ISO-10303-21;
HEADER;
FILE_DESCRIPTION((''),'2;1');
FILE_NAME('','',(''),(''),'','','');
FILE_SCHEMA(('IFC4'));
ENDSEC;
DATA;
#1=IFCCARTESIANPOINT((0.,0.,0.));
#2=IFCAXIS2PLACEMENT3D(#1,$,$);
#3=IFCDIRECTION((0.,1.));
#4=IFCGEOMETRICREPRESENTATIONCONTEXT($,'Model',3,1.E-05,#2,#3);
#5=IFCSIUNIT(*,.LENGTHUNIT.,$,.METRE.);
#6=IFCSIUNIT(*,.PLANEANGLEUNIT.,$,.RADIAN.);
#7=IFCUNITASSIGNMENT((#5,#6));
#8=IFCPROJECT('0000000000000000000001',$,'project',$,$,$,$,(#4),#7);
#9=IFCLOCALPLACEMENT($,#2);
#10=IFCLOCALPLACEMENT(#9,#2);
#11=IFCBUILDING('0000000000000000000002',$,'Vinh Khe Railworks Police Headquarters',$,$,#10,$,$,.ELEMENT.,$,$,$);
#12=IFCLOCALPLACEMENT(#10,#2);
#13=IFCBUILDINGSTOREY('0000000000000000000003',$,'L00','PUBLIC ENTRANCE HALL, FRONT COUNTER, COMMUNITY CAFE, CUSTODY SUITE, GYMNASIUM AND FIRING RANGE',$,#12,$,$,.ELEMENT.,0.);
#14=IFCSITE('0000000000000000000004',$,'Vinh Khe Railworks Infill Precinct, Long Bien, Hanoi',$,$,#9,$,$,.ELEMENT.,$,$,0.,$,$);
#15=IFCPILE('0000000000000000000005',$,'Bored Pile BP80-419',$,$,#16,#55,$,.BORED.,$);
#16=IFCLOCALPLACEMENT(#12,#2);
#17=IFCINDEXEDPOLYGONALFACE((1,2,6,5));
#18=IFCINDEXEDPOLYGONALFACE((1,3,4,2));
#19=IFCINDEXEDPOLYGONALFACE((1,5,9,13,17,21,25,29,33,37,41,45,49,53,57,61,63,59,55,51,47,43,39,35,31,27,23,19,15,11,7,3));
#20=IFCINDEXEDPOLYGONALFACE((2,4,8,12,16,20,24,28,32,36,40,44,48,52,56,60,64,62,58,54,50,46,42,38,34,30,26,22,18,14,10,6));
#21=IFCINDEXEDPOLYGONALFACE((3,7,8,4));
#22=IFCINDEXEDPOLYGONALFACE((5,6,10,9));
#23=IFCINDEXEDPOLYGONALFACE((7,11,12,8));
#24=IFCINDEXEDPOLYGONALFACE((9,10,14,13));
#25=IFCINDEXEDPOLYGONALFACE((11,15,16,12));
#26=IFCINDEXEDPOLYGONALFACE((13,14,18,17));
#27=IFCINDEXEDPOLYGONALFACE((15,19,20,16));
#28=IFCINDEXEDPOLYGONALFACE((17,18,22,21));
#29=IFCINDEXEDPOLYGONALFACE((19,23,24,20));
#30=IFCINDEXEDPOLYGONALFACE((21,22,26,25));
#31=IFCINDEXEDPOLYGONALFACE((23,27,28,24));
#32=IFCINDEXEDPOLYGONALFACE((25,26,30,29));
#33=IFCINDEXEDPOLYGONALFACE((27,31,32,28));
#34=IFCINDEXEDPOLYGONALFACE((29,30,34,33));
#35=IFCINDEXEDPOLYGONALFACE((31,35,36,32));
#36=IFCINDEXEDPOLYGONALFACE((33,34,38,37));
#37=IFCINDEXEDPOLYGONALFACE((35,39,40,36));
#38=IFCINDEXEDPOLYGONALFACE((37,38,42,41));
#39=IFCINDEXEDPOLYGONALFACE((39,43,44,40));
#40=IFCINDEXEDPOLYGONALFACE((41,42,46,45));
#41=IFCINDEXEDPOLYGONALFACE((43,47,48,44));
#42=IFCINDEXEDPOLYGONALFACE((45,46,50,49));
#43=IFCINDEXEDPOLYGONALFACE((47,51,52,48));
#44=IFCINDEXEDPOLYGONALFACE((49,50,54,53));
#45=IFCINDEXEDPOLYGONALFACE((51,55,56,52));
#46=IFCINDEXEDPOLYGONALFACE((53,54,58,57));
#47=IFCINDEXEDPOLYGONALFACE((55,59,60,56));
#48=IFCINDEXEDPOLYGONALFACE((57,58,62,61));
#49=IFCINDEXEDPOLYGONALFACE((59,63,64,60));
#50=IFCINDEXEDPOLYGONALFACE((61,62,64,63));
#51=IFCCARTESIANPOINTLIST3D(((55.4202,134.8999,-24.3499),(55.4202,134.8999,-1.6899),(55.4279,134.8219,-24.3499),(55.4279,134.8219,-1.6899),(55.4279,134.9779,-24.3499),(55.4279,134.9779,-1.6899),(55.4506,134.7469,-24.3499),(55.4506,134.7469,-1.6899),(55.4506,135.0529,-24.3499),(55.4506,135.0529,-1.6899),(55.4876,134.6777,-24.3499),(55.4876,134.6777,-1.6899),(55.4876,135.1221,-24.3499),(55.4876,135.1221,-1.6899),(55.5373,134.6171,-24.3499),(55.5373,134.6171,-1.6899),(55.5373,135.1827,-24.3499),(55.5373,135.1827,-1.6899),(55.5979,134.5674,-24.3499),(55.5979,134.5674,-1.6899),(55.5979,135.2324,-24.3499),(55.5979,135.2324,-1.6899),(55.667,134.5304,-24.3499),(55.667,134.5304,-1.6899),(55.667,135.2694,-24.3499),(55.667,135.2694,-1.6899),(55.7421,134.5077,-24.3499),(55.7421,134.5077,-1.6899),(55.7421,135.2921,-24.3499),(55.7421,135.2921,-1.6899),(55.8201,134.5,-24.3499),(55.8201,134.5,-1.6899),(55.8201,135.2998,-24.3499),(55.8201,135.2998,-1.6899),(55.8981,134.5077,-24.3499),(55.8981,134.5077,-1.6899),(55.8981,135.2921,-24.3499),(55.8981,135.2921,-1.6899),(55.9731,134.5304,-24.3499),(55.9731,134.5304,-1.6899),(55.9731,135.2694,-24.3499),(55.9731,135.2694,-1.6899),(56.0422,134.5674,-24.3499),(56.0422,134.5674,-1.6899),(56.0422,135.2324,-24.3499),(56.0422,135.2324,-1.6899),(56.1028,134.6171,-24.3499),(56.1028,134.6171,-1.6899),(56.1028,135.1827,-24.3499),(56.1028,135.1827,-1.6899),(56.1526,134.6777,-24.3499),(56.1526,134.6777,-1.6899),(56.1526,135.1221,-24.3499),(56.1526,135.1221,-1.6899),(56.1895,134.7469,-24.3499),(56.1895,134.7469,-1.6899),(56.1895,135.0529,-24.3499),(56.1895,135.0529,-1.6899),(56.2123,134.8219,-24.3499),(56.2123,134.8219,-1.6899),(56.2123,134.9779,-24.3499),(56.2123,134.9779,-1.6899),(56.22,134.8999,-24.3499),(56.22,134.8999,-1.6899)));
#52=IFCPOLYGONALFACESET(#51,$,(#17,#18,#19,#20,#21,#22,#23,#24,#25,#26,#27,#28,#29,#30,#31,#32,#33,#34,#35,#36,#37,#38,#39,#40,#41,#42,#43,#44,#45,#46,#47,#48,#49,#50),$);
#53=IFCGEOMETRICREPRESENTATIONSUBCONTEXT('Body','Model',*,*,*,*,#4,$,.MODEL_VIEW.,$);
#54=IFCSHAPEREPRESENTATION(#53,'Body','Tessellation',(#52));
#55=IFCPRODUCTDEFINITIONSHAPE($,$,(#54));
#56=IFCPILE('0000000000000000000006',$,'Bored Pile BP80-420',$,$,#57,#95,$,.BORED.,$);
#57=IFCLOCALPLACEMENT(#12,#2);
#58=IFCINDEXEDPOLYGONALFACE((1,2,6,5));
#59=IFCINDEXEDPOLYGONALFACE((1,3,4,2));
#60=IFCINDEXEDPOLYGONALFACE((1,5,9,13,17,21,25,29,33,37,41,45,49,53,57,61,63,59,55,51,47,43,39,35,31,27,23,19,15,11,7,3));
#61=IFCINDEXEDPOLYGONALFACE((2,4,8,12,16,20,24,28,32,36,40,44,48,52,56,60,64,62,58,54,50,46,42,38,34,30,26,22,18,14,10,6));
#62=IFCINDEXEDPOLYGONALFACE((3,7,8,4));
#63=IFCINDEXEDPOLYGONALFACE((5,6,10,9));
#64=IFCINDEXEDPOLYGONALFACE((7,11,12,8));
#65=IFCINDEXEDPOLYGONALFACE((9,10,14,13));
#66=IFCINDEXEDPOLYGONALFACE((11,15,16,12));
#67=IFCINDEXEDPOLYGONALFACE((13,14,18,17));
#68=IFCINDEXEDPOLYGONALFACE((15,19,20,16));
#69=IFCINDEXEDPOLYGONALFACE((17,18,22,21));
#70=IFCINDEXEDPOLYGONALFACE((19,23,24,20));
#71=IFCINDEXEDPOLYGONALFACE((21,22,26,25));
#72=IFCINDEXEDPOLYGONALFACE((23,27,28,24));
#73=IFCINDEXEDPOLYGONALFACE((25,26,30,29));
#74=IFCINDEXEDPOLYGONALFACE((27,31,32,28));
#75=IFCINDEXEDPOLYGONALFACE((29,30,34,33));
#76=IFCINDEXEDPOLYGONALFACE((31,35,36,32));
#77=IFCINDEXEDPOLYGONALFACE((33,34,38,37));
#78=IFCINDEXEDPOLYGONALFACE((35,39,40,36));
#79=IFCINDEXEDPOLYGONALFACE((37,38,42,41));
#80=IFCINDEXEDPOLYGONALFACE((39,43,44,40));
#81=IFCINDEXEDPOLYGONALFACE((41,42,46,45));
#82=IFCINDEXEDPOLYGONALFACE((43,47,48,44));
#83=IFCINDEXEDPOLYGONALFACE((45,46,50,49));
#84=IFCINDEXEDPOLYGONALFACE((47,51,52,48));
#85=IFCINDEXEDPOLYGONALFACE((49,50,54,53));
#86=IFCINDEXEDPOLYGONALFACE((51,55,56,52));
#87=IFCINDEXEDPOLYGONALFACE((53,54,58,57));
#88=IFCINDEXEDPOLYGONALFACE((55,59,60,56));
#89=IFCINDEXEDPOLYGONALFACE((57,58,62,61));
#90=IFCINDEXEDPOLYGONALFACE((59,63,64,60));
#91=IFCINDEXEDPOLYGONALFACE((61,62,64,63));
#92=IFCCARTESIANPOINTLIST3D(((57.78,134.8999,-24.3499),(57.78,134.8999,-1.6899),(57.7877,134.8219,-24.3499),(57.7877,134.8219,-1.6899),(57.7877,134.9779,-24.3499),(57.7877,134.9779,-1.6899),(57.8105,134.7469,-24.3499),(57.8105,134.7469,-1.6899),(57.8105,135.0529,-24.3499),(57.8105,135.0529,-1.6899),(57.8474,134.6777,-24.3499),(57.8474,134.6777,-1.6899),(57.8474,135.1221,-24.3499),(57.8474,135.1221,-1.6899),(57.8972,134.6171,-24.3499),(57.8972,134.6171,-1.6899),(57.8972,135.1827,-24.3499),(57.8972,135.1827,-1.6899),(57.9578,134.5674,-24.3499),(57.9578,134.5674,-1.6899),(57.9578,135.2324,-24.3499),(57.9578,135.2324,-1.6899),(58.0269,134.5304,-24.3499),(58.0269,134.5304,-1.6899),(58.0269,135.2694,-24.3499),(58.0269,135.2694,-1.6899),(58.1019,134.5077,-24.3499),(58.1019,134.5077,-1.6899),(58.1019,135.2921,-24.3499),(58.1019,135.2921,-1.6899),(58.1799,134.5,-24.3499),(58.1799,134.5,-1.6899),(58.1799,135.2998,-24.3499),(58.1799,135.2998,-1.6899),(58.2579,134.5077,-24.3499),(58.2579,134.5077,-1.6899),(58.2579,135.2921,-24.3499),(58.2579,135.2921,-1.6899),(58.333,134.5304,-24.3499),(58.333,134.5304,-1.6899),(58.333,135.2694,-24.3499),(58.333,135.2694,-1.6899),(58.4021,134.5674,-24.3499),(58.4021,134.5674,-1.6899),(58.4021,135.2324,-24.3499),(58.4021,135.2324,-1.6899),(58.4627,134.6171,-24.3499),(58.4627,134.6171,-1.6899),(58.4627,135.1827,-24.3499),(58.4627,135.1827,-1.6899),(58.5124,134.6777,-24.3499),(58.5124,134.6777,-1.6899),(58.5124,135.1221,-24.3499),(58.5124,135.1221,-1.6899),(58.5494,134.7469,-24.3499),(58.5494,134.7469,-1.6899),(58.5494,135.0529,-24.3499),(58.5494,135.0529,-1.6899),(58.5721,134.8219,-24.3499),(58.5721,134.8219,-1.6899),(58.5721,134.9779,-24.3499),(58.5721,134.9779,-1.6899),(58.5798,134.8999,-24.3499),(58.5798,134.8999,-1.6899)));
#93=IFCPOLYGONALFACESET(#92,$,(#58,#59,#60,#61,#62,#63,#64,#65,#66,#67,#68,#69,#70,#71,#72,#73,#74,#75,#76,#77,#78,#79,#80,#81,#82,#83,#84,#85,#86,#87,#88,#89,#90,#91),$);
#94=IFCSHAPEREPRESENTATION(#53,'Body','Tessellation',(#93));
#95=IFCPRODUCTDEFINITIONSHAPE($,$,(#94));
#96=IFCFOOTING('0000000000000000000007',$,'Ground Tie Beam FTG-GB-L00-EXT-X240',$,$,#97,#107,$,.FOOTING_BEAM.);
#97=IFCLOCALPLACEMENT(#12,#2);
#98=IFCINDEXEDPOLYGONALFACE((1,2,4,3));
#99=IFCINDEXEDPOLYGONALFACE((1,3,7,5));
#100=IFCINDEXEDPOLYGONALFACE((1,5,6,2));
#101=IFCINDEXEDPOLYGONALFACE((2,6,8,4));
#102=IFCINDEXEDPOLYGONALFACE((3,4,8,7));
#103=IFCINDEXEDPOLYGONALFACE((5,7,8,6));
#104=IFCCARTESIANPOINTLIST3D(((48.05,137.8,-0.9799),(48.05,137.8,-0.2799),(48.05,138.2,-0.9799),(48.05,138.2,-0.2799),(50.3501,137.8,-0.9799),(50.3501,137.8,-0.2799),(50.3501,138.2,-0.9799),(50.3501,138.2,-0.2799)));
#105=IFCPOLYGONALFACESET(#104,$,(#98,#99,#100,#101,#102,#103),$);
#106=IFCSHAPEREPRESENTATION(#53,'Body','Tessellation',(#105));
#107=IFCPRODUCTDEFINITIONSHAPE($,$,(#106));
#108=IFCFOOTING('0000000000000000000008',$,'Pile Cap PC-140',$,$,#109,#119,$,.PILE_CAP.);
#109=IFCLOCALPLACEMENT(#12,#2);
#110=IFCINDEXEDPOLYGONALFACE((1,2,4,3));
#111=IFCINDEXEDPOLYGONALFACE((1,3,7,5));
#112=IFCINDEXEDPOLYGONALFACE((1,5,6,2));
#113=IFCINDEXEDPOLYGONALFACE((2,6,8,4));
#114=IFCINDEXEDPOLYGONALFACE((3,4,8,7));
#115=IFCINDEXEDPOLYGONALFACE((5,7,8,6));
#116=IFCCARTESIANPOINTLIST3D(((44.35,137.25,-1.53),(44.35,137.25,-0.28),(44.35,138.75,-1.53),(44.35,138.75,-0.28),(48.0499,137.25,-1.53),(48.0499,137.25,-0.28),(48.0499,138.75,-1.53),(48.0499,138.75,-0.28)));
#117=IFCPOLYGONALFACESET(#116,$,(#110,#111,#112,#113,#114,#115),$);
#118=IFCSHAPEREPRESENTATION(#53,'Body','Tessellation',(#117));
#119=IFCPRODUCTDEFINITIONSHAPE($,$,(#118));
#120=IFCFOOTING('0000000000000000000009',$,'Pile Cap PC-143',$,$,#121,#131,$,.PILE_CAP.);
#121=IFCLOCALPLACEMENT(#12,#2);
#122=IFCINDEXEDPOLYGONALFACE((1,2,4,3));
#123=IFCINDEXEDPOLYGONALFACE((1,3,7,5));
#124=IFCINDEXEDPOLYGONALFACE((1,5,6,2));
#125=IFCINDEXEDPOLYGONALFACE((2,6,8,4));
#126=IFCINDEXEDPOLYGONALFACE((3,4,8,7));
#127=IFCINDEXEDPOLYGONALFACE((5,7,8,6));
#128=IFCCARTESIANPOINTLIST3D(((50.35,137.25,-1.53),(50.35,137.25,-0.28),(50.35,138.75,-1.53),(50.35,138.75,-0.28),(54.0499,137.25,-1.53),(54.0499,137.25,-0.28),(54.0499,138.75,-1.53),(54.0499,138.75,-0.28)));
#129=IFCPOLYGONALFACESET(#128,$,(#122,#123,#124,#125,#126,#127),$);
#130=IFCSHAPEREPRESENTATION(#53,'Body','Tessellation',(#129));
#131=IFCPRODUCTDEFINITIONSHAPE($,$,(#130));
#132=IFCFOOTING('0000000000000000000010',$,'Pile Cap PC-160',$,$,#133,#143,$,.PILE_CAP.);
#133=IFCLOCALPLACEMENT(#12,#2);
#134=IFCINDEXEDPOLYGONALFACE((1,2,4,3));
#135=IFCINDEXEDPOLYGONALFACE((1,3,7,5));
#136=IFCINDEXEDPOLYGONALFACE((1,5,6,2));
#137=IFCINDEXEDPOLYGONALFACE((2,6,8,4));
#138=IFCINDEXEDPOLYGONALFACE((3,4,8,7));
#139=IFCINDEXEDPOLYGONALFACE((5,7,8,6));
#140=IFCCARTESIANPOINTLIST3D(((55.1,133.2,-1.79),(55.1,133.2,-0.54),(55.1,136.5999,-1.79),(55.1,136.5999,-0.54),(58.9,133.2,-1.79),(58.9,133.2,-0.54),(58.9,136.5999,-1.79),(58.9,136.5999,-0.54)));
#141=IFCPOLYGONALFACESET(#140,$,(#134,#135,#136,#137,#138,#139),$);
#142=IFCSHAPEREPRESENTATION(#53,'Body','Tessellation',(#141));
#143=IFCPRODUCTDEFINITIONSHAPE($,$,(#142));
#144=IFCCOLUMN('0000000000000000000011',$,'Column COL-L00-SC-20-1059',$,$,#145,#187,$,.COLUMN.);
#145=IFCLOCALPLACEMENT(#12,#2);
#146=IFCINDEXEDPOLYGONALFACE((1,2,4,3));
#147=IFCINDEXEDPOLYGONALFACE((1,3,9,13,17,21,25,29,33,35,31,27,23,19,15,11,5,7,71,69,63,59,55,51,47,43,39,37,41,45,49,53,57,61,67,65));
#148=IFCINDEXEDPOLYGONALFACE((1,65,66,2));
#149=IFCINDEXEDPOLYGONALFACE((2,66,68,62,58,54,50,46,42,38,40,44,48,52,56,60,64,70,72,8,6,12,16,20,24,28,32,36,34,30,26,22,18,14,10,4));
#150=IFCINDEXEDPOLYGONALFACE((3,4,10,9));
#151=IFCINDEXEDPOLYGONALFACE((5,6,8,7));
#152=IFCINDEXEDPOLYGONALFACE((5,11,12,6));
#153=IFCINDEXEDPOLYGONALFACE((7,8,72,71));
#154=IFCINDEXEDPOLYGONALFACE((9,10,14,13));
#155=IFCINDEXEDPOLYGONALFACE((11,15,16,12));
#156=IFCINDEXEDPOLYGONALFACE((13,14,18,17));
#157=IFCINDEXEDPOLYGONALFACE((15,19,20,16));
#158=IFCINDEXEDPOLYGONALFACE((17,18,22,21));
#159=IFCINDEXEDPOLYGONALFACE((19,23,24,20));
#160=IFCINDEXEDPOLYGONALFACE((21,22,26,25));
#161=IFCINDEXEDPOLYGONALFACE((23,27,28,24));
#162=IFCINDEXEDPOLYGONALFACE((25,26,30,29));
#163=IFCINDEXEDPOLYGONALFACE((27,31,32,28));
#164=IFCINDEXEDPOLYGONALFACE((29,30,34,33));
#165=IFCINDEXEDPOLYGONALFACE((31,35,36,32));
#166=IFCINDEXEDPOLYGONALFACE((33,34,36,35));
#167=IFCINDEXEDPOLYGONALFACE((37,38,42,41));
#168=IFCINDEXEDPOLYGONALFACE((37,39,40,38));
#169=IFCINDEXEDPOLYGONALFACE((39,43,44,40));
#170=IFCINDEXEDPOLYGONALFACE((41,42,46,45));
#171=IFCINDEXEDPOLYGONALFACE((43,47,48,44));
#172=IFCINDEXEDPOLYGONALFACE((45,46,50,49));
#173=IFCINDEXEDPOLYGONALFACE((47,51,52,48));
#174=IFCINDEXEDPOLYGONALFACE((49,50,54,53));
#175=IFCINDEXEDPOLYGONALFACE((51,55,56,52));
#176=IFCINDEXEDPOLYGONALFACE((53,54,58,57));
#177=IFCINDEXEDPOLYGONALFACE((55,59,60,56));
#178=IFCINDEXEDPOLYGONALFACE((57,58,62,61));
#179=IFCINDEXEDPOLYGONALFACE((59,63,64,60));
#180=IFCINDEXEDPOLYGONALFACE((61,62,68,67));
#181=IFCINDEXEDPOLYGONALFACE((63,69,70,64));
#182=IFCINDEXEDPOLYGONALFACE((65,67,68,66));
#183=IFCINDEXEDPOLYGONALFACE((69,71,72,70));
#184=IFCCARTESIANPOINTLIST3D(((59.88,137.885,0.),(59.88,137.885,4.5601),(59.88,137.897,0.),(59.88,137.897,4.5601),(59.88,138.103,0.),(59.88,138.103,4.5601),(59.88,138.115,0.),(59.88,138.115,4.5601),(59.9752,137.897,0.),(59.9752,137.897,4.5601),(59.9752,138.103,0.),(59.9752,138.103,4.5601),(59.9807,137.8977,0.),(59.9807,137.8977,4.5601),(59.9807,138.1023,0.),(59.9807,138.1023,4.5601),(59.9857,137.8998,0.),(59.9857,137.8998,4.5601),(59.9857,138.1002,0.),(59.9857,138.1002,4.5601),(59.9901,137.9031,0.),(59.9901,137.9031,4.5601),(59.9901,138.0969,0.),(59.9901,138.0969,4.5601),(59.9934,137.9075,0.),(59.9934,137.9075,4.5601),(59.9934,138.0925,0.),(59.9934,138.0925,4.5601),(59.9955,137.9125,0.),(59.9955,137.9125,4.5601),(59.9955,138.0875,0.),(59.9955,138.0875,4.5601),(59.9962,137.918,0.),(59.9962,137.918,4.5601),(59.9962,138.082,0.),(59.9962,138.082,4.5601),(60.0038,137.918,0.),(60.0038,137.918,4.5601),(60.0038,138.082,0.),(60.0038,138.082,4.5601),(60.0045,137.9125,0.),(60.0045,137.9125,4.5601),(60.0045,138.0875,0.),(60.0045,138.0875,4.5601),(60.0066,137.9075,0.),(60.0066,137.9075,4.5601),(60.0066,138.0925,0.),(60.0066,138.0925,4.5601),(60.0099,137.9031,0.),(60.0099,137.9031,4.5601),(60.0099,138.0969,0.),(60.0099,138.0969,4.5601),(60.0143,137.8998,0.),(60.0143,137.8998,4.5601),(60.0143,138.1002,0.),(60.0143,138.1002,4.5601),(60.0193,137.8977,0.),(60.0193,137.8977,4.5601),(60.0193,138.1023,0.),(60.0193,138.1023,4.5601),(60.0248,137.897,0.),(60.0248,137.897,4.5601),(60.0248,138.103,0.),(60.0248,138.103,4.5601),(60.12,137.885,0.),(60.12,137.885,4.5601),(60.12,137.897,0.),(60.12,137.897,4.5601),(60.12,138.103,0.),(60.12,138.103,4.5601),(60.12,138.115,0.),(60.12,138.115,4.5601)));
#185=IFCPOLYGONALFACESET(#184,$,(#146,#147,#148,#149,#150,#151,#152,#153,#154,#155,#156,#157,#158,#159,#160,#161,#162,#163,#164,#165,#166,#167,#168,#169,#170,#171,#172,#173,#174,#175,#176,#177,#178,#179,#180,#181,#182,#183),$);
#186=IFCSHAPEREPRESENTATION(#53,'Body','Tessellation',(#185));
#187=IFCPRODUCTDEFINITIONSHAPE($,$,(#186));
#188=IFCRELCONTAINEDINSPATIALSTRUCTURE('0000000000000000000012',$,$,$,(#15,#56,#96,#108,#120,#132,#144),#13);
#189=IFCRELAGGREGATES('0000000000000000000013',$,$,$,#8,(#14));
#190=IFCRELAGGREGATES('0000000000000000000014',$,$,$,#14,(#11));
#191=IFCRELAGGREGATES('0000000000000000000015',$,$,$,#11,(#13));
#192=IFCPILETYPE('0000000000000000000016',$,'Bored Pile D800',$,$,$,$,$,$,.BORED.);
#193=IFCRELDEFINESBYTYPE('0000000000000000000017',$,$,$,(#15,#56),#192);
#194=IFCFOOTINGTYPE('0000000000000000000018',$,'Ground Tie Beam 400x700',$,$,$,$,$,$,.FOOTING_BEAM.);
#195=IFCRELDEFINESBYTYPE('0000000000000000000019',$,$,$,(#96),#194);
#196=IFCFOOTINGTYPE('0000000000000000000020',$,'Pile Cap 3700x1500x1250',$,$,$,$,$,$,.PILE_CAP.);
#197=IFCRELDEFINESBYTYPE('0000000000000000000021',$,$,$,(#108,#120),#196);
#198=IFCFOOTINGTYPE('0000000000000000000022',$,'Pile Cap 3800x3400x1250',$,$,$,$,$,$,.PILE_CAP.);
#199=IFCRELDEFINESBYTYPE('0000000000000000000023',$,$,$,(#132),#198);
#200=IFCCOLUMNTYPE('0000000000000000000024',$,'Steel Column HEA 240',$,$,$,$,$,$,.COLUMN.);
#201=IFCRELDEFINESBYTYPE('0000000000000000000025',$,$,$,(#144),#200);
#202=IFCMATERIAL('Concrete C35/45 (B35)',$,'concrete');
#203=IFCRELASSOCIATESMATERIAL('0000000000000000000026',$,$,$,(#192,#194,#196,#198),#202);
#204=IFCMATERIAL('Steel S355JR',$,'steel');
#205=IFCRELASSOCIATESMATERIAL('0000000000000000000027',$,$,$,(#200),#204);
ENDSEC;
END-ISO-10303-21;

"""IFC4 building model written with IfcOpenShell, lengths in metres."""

from ifc_helpers import new_model, si_unit, direction, frame, origin, origin_2d, place, context, subcontext, project, spatial, rectangle, circle, i_section, extrude, material, material_profile, profile_set, type_object, element, save


model = new_model("IFC4")

# Units and contexts
model_context = context("Model", 3, precision=1e-05, world=origin(), true_north=direction((0.0, 1.0)))
body_context = subcontext(model_context, "Body", "Model", "MODEL_VIEW")
ifc_project = project(units=[si_unit("LENGTHUNIT", "METRE"), si_unit("PLANEANGLEUNIT", "RADIAN")], contexts=[model_context])

# Site, building, storey
site_placement = place(None, origin())
site = spatial("IfcSite", under=ifc_project, at=site_placement, Name="Vinh Khe Railworks Infill Precinct, Long Bien, Hanoi", CompositionType="ELEMENT", RefElevation=0.0)
building_placement = place(site_placement, origin())
building = spatial("IfcBuilding", under=site, at=building_placement, Name="Vinh Khe Railworks Police Headquarters", CompositionType="ELEMENT")
storey_placement = place(building_placement, origin())
storey = spatial("IfcBuildingStorey", under=building, at=storey_placement, Name="L00", Description="PUBLIC ENTRANCE HALL, FRONT COUNTER, COMMUNITY CAFE, CUSTODY SUITE, GYMNASIUM AND FIRING RANGE", CompositionType="ELEMENT", Elevation=0.0)

# Piles
ifc_material_1 = material(Name="Concrete C35/45 (B35)", Category="concrete")
ifc_material_profile_1 = material_profile(ifc_material_1, circle(Radius=0.3999, at=origin_2d()), Name="BORED PILE D800")
ifc_profile_set_1 = profile_set([ifc_material_profile_1], Name="Concrete C35/45 (B35)")
pile_type = type_object("IfcPileType", Name="Bored Pile D800", PredefinedType="BORED", material=ifc_profile_set_1)
for number, where, z_axis, x_axis, name in (
    (1, (55.8201, 134.8999, -1.6899), (0.0, 0.0, -1.0), (1.0, 0.0, 0.0), "Bored Pile BP80-419"),
    (2, (58.1799, 134.8999, -1.6899), (0.0, 0.0, -1.0), (1.0, 0.0, 0.0), "Bored Pile BP80-420"),
):
    element("IfcPile", number, at=place(storey_placement, frame(where, z_axis=z_axis, x_axis=x_axis)), inside=storey, type_object=pile_type, Name=name, PredefinedType="BORED", context=body_context, shape_type="SweptSolid", body=[
        extrude(circle(Radius=0.3999, at=origin_2d()), origin(), (0.0, 0.0, 1.0), 22.6599),
    ])

# Footings
ifc_material_profile_2 = material_profile(ifc_material_1, rectangle(XDim=0.3999, YDim=0.7, at=origin_2d()), Name="RC 400x700")
ifc_profile_set_2 = profile_set([ifc_material_profile_2], Name="Concrete C35/45 (B35)")
footing_type_1 = type_object("IfcFootingType", Name="Ground Tie Beam 400x700", PredefinedType="FOOTING_BEAM", material=ifc_profile_set_2)
footing_1_placement = place(storey_placement, frame((48.05, 138.0, -0.6299), z_axis=(1.0, 0.0, 0.0), x_axis=(0.0, 1.0, 0.0)))
element("IfcFooting", 3, at=footing_1_placement, inside=storey, type_object=footing_type_1, Name="Ground Tie Beam FTG-GB-L00-EXT-X240", PredefinedType="FOOTING_BEAM", context=body_context, shape_type="SweptSolid", body=[
    extrude(rectangle(XDim=0.3999, YDim=0.7, at=origin_2d()), origin(), (0.0, 0.0, 1.0), 2.3),
])
footing_type_2 = type_object("IfcFootingType", Name="Pile Cap 3700x1500x1250", PredefinedType="PILE_CAP", material=ifc_material_1)
for number, where, z_axis, x_axis, name in (
    (4, (46.2, 138.0, -1.53), (0.0, 0.0, 1.0), (1.0, 0.0, 0.0), "Pile Cap PC-140"),
    (5, (52.2, 138.0, -1.53), (0.0, 0.0, 1.0), (1.0, 0.0, 0.0), "Pile Cap PC-143"),
):
    element("IfcFooting", number, at=place(storey_placement, frame(where, z_axis=z_axis, x_axis=x_axis)), inside=storey, type_object=footing_type_2, Name=name, PredefinedType="PILE_CAP", context=body_context, shape_type="SweptSolid", body=[
        extrude(rectangle(XDim=3.7, YDim=1.5, at=origin_2d()), origin(), (0.0, 0.0, 1.0), 1.25),
    ])
footing_type_3 = type_object("IfcFootingType", Name="Pile Cap 3800x3400x1250", PredefinedType="PILE_CAP", material=ifc_material_1)
footing_2_placement = place(storey_placement, frame((57.0, 134.8999, -1.79), z_axis=(0.0, 0.0, 1.0), x_axis=(1.0, 0.0, 0.0)))
element("IfcFooting", 6, at=footing_2_placement, inside=storey, type_object=footing_type_3, Name="Pile Cap PC-160", PredefinedType="PILE_CAP", context=body_context, shape_type="SweptSolid", body=[
    extrude(rectangle(XDim=3.8, YDim=3.3999, at=origin_2d()), origin(), (0.0, 0.0, 1.0), 1.25),
])

# Column
ifc_material_2 = material(Name="Steel S355JR", Category="steel")
ifc_material_profile_3 = material_profile(ifc_material_2, i_section(OverallWidth=0.24, OverallDepth=0.23, WebThickness=0.0076, FlangeThickness=0.012, FilletRadius=0.021, at=origin_2d()), Name="HEA 240")
ifc_profile_set_3 = profile_set([ifc_material_profile_3], Name="Steel S355JR")
column_type_1 = type_object("IfcColumnType", Name="Steel Column HEA 240", PredefinedType="COLUMN", material=ifc_profile_set_3)
column_1_placement = place(storey_placement, frame((60.0, 138.0, 0.0), z_axis=(0.0, 0.0, 1.0), x_axis=(1.0, 0.0, 0.0)))
element("IfcColumn", 7, at=column_1_placement, inside=storey, type_object=column_type_1, Name="Column COL-L00-SC-20-1059", PredefinedType="COLUMN", context=body_context, shape_type="SweptSolid", body=[
    extrude(i_section(OverallWidth=0.24, OverallDepth=0.23, WebThickness=0.0076, FlangeThickness=0.012, FilletRadius=0.021, at=origin_2d()), origin(), (0.0, 0.0, 1.0), 4.5601),
])

save(model, "model.ifc")
